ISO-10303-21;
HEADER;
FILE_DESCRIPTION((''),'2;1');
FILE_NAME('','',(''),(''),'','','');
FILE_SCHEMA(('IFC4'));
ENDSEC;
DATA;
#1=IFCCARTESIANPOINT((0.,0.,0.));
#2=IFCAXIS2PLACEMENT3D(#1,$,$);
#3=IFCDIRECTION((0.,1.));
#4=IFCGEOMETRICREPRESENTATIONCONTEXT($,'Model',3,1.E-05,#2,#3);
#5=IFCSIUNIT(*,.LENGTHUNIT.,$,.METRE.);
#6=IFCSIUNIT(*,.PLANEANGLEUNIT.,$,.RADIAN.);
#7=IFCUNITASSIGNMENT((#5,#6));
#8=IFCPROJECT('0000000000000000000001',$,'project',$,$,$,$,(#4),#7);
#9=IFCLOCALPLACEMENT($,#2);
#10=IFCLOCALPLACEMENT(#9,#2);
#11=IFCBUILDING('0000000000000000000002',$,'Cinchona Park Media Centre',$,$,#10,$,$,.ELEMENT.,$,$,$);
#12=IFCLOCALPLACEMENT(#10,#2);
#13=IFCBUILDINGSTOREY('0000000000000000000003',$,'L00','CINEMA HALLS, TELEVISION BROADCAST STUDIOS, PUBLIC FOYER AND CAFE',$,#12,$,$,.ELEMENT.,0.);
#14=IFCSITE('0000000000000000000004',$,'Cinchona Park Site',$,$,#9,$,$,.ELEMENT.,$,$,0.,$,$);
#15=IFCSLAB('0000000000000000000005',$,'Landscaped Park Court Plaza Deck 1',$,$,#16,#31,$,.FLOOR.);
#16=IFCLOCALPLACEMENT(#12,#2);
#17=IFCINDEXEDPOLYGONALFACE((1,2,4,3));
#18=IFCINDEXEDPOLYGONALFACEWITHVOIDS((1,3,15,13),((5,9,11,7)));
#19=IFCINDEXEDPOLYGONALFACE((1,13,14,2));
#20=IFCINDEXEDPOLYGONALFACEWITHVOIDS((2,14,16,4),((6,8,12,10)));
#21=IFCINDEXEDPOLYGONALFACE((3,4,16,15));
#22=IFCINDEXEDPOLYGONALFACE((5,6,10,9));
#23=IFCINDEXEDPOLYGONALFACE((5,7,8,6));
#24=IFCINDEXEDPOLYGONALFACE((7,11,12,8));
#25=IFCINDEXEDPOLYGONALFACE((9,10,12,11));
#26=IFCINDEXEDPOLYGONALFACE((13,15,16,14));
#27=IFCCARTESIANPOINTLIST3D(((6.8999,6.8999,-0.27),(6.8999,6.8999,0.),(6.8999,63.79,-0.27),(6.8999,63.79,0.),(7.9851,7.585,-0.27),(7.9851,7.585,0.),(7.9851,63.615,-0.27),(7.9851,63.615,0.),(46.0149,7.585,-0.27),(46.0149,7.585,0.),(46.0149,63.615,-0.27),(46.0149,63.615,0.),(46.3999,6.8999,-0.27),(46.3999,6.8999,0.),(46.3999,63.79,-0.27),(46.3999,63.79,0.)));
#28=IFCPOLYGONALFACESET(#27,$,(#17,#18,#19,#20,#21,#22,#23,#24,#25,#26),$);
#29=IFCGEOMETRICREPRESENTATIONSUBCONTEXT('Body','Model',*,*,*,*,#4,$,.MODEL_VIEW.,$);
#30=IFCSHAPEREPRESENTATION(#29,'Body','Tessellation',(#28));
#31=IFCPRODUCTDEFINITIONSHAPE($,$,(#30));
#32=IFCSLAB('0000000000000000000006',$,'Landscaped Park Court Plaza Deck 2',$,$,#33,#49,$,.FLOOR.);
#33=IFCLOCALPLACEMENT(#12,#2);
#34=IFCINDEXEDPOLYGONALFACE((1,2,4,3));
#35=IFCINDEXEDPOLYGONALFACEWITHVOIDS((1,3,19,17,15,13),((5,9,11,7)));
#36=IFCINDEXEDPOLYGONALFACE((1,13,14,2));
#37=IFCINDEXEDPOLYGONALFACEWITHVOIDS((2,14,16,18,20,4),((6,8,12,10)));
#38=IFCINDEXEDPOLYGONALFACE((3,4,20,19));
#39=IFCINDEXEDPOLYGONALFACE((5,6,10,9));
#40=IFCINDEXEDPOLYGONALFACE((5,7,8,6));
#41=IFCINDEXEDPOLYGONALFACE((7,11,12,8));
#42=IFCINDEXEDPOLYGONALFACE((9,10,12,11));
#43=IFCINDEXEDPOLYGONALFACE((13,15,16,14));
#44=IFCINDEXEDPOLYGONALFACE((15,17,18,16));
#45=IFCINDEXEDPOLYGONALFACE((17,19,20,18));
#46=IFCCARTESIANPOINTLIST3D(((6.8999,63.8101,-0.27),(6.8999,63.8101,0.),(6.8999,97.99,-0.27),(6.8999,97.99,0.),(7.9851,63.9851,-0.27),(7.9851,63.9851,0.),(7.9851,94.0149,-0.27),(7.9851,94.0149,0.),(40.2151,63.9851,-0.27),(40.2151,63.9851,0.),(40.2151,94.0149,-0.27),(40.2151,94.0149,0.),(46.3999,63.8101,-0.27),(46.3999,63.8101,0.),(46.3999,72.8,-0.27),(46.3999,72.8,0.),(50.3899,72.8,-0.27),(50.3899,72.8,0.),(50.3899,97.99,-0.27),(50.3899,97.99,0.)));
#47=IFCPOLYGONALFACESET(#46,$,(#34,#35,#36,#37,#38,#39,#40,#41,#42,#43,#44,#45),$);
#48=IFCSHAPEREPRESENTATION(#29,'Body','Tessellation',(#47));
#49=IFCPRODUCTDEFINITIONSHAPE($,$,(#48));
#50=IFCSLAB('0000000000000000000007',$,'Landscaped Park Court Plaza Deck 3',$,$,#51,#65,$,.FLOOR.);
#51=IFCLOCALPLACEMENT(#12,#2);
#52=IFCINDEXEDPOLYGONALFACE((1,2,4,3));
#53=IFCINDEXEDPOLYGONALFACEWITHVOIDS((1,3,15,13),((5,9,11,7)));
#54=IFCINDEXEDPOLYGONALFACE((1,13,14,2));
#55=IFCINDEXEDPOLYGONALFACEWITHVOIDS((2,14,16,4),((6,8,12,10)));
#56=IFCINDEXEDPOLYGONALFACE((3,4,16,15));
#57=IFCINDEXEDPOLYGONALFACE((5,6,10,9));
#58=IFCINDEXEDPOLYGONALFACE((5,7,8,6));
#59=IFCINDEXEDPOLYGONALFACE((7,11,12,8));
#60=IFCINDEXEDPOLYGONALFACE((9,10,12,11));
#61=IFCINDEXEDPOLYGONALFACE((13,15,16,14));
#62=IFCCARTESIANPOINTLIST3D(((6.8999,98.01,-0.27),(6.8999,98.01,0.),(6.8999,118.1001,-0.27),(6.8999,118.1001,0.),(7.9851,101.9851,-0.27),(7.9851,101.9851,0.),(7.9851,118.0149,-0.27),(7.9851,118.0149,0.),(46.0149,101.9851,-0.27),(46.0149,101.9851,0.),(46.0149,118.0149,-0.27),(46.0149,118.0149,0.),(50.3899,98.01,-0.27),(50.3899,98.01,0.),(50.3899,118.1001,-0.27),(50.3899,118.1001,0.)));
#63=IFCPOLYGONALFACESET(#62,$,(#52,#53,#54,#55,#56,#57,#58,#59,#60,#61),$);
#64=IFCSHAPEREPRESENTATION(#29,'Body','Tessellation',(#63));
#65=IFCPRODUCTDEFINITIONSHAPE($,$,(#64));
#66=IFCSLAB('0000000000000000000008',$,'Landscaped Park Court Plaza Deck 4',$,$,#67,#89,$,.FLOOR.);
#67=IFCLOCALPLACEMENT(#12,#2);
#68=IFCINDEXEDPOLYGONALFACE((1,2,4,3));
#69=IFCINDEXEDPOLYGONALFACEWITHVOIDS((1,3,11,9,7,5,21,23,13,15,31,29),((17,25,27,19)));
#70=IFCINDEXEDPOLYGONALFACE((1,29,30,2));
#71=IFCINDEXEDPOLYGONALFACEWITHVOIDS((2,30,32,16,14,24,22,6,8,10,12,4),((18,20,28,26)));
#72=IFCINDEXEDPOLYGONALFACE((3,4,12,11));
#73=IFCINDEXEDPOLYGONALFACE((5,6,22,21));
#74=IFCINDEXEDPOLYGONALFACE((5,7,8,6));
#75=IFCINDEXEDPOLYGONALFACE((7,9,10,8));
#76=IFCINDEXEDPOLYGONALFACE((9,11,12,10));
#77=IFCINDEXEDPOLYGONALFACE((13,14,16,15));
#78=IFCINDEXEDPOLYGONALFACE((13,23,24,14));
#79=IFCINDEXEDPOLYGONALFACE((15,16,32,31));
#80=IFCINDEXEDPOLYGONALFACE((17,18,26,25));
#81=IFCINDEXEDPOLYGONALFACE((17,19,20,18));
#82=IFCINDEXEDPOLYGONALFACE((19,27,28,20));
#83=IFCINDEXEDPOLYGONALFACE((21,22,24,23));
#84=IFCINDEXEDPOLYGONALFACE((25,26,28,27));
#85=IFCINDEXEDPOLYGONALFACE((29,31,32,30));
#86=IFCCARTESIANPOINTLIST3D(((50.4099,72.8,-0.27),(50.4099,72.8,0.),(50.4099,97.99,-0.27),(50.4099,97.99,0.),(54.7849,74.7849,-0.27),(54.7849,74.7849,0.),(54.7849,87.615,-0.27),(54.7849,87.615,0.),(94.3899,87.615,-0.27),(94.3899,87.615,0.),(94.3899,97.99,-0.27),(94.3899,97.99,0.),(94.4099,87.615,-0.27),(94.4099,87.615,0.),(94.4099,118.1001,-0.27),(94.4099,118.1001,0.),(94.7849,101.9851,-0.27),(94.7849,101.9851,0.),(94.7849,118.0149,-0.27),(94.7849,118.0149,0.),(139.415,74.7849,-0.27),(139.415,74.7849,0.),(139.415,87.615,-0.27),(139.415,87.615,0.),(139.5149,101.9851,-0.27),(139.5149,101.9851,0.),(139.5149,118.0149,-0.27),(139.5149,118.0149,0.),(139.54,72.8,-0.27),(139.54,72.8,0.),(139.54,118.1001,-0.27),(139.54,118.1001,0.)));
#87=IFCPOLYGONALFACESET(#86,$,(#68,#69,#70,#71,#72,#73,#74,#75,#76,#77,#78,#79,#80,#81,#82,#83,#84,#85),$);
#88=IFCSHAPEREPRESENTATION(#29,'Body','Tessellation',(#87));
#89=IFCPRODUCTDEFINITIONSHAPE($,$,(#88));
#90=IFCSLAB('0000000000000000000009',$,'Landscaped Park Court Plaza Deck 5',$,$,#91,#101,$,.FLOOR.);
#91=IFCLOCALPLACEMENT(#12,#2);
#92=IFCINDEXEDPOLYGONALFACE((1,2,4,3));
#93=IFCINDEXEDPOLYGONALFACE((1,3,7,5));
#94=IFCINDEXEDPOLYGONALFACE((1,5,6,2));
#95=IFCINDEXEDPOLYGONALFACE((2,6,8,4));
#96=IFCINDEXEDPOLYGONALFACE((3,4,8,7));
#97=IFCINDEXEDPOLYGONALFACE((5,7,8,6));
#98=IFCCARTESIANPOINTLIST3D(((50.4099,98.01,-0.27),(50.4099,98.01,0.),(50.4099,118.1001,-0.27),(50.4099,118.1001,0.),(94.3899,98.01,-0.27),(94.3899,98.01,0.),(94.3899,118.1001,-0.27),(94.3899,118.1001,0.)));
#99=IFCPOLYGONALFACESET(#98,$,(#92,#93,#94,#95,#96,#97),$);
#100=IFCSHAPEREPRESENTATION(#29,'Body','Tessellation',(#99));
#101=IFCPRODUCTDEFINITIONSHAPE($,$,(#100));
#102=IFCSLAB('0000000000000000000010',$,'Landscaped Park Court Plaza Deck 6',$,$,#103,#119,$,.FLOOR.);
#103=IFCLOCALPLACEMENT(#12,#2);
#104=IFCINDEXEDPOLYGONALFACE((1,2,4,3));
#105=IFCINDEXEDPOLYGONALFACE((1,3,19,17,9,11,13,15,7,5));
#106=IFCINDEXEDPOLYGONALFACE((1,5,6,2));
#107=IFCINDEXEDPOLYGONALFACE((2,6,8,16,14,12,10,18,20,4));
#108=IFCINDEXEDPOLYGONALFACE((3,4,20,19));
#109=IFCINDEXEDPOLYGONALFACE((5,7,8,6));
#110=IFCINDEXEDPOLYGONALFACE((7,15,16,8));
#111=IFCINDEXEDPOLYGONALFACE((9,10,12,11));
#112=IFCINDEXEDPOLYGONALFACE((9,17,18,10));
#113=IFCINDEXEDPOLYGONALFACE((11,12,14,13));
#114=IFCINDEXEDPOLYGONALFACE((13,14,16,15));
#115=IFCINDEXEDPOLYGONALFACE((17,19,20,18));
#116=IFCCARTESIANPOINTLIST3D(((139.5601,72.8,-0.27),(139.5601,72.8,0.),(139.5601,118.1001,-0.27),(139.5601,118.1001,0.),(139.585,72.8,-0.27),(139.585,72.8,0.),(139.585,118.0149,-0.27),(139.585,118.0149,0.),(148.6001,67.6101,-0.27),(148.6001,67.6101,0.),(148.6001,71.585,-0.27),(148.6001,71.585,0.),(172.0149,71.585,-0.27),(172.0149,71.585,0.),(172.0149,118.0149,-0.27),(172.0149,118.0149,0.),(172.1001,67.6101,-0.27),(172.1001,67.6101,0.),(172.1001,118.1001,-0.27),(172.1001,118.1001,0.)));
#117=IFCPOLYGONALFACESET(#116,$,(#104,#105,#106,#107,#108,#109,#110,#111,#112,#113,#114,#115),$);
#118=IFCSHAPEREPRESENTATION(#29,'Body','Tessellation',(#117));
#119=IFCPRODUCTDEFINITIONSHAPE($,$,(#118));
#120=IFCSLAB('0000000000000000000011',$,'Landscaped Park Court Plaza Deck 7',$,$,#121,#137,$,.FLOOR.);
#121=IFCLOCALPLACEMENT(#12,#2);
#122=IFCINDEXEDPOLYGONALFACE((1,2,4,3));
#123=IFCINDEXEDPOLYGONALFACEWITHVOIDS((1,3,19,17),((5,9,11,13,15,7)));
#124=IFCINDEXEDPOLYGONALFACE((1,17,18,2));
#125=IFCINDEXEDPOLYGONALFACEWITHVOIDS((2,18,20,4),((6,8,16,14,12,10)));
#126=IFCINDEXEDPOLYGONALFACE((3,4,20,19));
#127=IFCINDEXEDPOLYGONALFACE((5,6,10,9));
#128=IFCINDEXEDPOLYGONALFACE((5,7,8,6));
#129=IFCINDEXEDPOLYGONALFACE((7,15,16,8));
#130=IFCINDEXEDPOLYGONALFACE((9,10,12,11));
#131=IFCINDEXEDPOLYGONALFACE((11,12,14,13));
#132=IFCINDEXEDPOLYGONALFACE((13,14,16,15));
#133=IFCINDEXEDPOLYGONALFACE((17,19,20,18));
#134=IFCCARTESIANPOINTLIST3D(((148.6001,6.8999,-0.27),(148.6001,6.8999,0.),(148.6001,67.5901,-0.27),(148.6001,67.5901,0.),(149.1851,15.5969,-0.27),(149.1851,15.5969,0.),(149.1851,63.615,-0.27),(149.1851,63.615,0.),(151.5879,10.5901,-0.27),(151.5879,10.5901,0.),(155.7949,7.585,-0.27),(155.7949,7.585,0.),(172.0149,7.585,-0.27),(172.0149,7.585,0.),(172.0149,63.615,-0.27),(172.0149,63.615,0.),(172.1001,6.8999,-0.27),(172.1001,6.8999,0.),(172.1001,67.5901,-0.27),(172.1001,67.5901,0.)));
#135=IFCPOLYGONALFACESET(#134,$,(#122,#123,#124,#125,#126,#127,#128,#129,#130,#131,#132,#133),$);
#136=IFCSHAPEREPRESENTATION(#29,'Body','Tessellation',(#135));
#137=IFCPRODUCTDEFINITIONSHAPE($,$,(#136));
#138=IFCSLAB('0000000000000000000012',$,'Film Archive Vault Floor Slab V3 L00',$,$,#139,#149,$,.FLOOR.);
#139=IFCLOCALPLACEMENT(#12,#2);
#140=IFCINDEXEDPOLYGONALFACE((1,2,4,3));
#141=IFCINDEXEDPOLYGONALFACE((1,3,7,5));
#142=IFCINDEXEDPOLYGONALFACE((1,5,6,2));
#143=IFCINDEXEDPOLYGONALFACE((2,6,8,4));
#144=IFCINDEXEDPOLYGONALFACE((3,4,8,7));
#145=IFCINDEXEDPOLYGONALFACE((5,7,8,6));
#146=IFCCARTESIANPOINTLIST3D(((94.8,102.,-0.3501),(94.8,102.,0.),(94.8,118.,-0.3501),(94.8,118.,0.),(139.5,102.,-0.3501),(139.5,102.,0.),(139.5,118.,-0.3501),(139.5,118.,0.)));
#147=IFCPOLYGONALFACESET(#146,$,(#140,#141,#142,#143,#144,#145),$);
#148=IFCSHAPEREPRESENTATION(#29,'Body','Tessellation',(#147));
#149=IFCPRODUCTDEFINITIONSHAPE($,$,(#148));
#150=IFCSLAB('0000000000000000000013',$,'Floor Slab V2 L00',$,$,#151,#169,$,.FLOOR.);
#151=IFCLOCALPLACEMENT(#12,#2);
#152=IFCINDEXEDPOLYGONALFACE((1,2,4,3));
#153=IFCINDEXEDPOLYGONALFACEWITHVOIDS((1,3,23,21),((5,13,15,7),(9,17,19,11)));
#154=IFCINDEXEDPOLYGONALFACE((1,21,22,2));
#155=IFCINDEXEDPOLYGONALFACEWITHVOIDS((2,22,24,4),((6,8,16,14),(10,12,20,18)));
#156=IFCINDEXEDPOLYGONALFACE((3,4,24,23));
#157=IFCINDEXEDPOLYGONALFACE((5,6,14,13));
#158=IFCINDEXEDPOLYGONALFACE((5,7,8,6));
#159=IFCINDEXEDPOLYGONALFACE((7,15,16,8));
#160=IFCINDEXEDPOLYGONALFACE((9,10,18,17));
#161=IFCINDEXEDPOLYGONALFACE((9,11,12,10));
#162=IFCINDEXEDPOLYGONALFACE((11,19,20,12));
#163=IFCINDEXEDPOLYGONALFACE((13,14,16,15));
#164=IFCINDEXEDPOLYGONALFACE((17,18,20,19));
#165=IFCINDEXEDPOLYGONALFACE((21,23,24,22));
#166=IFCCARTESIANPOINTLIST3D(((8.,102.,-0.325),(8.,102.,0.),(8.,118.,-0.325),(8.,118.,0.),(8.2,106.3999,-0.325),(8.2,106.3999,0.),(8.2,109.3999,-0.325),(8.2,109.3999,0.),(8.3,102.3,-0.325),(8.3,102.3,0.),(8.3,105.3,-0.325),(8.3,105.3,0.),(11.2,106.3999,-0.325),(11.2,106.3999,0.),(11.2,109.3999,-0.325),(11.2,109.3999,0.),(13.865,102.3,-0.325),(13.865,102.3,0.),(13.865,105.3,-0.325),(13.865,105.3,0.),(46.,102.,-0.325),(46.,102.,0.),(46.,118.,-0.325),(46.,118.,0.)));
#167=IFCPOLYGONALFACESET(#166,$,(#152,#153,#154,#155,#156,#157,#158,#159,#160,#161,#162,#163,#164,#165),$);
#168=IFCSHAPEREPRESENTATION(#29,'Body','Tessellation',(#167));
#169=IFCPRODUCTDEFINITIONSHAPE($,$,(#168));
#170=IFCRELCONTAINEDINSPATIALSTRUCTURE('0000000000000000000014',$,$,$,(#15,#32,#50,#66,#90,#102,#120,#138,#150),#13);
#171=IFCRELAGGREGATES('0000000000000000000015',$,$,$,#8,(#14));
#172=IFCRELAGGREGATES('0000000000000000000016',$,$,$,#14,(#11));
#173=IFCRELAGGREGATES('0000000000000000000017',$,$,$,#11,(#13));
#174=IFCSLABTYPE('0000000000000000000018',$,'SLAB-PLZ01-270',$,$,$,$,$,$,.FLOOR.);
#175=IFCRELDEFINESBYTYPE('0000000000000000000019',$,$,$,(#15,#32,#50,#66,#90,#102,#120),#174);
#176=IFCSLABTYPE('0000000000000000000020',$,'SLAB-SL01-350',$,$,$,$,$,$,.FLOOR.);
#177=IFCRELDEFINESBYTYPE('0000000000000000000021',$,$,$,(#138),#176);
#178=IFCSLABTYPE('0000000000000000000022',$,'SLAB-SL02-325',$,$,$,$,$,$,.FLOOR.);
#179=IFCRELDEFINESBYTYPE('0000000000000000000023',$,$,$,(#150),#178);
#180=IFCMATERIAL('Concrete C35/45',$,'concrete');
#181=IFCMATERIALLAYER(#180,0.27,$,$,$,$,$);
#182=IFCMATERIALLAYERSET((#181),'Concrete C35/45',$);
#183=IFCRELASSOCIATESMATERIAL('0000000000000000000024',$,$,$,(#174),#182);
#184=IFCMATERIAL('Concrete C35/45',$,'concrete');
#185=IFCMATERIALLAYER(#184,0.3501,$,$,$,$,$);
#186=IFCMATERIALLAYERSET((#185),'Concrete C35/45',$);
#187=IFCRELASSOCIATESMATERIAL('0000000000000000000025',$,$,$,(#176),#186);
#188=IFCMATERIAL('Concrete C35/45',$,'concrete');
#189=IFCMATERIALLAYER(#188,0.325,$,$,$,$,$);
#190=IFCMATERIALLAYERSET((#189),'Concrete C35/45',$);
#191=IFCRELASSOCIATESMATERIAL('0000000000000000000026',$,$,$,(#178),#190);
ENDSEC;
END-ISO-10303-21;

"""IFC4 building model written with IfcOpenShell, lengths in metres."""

from ifc_helpers import new_model, si_unit, direction, frame, origin, place, context, subcontext, project, spatial, polyline, outline, extrude, material, layer, layer_set, type_object, element, save


model = new_model("IFC4")

# Units and contexts
model_context = context("Model", 3, precision=1e-05, world=origin(), true_north=direction((0.0, 1.0)))
body_context = subcontext(model_context, "Body", "Model", "MODEL_VIEW")
ifc_project = project(units=[si_unit("LENGTHUNIT", "METRE"), si_unit("PLANEANGLEUNIT", "RADIAN")], contexts=[model_context])

# Site, building, storey
site_placement = place(None, origin())
site = spatial("IfcSite", under=ifc_project, at=site_placement, Name="Cinchona Park Site", CompositionType="ELEMENT", RefElevation=0.0)
building_placement = place(site_placement, origin())
building = spatial("IfcBuilding", under=site, at=building_placement, Name="Cinchona Park Media Centre", CompositionType="ELEMENT")
storey_placement = place(building_placement, origin())
storey = spatial("IfcBuildingStorey", under=building, at=storey_placement, Name="L00", Description="CINEMA HALLS, TELEVISION BROADCAST STUDIOS, PUBLIC FOYER AND CAFE", CompositionType="ELEMENT", Elevation=0.0)

# Slabs
ifc_material_1 = material(Name="Concrete C35/45", Category="concrete")
ifc_layer_1 = layer(ifc_material_1, 0.27)
ifc_layer_set_1 = layer_set([ifc_layer_1], Name="Concrete C35/45")
slab_type_1 = type_object("IfcSlabType", Name="SLAB-PLZ01-270", PredefinedType="FLOOR", material=ifc_layer_set_1)
slab_1_placement = place(storey_placement, frame((0.0, 0.0, -0.27)))
element("IfcSlab", 1, at=slab_1_placement, inside=storey, type_object=slab_type_1, Name="Landscaped Park Court Plaza Deck 1", PredefinedType="FLOOR", context=body_context, shape_type="SweptSolid", body=[
    extrude(outline(polyline([(46.3999, 6.8999), (6.8999, 6.8999), (6.8999, 63.79), (46.3999, 63.79), (46.3999, 6.8999)]), holes=[polyline([(7.9851, 7.585), (46.0149, 7.585), (46.0149, 63.615), (7.9851, 63.615), (7.9851, 7.585)])]), origin(), (0.0, 0.0, 1.0), 0.27),
])
slab_2_placement = place(storey_placement, frame((0.0, 0.0, -0.27)))
element("IfcSlab", 2, at=slab_2_placement, inside=storey, type_object=slab_type_1, Name="Landscaped Park Court Plaza Deck 2", PredefinedType="FLOOR", context=body_context, shape_type="SweptSolid", body=[
    extrude(outline(polyline([(46.3999, 63.8101), (6.8999, 63.8101), (6.8999, 97.99), (50.3899, 97.99), (50.3899, 72.8), (46.3999, 72.8), (46.3999, 63.8101)]), holes=[polyline([(7.9851, 94.0149), (7.9851, 63.9851), (40.2151, 63.9851), (40.2151, 94.0149), (7.9851, 94.0149)])]), origin(), (0.0, 0.0, 1.0), 0.27),
])
slab_3_placement = place(storey_placement, frame((0.0, 0.0, -0.27)))
element("IfcSlab", 3, at=slab_3_placement, inside=storey, type_object=slab_type_1, Name="Landscaped Park Court Plaza Deck 3", PredefinedType="FLOOR", context=body_context, shape_type="SweptSolid", body=[
    extrude(outline(polyline([(6.8999, 118.1001), (50.3899, 118.1001), (50.3899, 98.01), (6.8999, 98.01), (6.8999, 118.1001)]), holes=[polyline([(7.9851, 118.0149), (7.9851, 101.9851), (46.0149, 101.9851), (46.0149, 118.0149), (7.9851, 118.0149)])]), origin(), (0.0, 0.0, 1.0), 0.27),
])
slab_4_placement = place(storey_placement, frame((0.0, 0.0, -0.27)))
element("IfcSlab", 4, at=slab_4_placement, inside=storey, type_object=slab_type_1, Name="Landscaped Park Court Plaza Deck 4", PredefinedType="FLOOR", context=body_context, shape_type="SweptSolid", body=[
    extrude(outline(polyline([(139.54, 118.1001), (139.54, 72.8), (50.4099, 72.8), (50.4099, 97.99), (94.3899, 97.99), (94.3899, 87.615), (54.7849, 87.615), (54.7849, 74.7849), (139.415, 74.7849), (139.415, 87.615), (94.4099, 87.615), (94.4099, 118.1001), (139.54, 118.1001)]), holes=[polyline([(94.7849, 118.0149), (94.7849, 101.9851), (139.5149, 101.9851), (139.5149, 118.0149), (94.7849, 118.0149)])]), origin(), (0.0, 0.0, 1.0), 0.27),
])
slab_5_placement = place(storey_placement, frame((0.0, 0.0, -0.27)))
element("IfcSlab", 5, at=slab_5_placement, inside=storey, type_object=slab_type_1, Name="Landscaped Park Court Plaza Deck 5", PredefinedType="FLOOR", context=body_context, shape_type="SweptSolid", body=[
    extrude(outline(polyline([(94.3899, 118.1001), (94.3899, 98.01), (50.4099, 98.01), (50.4099, 118.1001), (94.3899, 118.1001)])), origin(), (0.0, 0.0, 1.0), 0.27),
])
slab_6_placement = place(storey_placement, frame((0.0, 0.0, -0.27)))
element("IfcSlab", 6, at=slab_6_placement, inside=storey, type_object=slab_type_1, Name="Landscaped Park Court Plaza Deck 6", PredefinedType="FLOOR", context=body_context, shape_type="SweptSolid", body=[
    extrude(outline(polyline([(172.1001, 118.1001), (172.1001, 67.6101), (148.6001, 67.6101), (148.6001, 71.585), (172.0149, 71.585), (172.0149, 118.0149), (139.585, 118.0149), (139.585, 72.8), (139.5601, 72.8), (139.5601, 118.1001), (172.1001, 118.1001)])), origin(), (0.0, 0.0, 1.0), 0.27),
])
slab_7_placement = place(storey_placement, frame((0.0, 0.0, -0.27)))
element("IfcSlab", 7, at=slab_7_placement, inside=storey, type_object=slab_type_1, Name="Landscaped Park Court Plaza Deck 7", PredefinedType="FLOOR", context=body_context, shape_type="SweptSolid", body=[
    extrude(outline(polyline([(172.1001, 6.8999), (148.6001, 6.8999), (148.6001, 67.5901), (172.1001, 67.5901), (172.1001, 6.8999)]), holes=[polyline([(151.5879, 10.5901), (155.7949, 7.585), (172.0149, 7.585), (172.0149, 63.615), (149.1851, 63.615), (149.1851, 15.5969), (151.5879, 10.5901)])]), origin(), (0.0, 0.0, 1.0), 0.27),
])
ifc_material_2 = material(Name="Concrete C35/45", Category="concrete")
ifc_layer_2 = layer(ifc_material_2, 0.3501)
ifc_layer_set_2 = layer_set([ifc_layer_2], Name="Concrete C35/45")
slab_type_2 = type_object("IfcSlabType", Name="SLAB-SL01-350", PredefinedType="FLOOR", material=ifc_layer_set_2)
slab_8_placement = place(storey_placement, frame((0.0, 0.0, -0.3501)))
element("IfcSlab", 8, at=slab_8_placement, inside=storey, type_object=slab_type_2, Name="Film Archive Vault Floor Slab V3 L00", PredefinedType="FLOOR", context=body_context, shape_type="SweptSolid", body=[
    extrude(outline(polyline([(94.8, 102.0), (139.5, 102.0), (139.5, 118.0), (94.8, 118.0), (94.8, 102.0)])), origin(), (0.0, 0.0, 1.0), 0.3501),
])
ifc_material_3 = material(Name="Concrete C35/45", Category="concrete")
ifc_layer_3 = layer(ifc_material_3, 0.325)
ifc_layer_set_3 = layer_set([ifc_layer_3], Name="Concrete C35/45")
slab_type_3 = type_object("IfcSlabType", Name="SLAB-SL02-325", PredefinedType="FLOOR", material=ifc_layer_set_3)
slab_9_placement = place(storey_placement, frame((0.0, 0.0, -0.325)))
element("IfcSlab", 9, at=slab_9_placement, inside=storey, type_object=slab_type_3, Name="Floor Slab V2 L00", PredefinedType="FLOOR", context=body_context, shape_type="SweptSolid", body=[
    extrude(outline(polyline([(8.0, 102.0), (46.0, 102.0), (46.0, 118.0), (8.0, 118.0), (8.0, 102.0)]), holes=[polyline([(8.3, 102.3), (13.865, 102.3), (13.865, 105.3), (8.3, 105.3), (8.3, 102.3)]), polyline([(8.2, 106.3999), (11.2, 106.3999), (11.2, 109.3999), (8.2, 109.3999), (8.2, 106.3999)])]), origin(), (0.0, 0.0, 1.0), 0.325),
])

save(model, "model.ifc")
